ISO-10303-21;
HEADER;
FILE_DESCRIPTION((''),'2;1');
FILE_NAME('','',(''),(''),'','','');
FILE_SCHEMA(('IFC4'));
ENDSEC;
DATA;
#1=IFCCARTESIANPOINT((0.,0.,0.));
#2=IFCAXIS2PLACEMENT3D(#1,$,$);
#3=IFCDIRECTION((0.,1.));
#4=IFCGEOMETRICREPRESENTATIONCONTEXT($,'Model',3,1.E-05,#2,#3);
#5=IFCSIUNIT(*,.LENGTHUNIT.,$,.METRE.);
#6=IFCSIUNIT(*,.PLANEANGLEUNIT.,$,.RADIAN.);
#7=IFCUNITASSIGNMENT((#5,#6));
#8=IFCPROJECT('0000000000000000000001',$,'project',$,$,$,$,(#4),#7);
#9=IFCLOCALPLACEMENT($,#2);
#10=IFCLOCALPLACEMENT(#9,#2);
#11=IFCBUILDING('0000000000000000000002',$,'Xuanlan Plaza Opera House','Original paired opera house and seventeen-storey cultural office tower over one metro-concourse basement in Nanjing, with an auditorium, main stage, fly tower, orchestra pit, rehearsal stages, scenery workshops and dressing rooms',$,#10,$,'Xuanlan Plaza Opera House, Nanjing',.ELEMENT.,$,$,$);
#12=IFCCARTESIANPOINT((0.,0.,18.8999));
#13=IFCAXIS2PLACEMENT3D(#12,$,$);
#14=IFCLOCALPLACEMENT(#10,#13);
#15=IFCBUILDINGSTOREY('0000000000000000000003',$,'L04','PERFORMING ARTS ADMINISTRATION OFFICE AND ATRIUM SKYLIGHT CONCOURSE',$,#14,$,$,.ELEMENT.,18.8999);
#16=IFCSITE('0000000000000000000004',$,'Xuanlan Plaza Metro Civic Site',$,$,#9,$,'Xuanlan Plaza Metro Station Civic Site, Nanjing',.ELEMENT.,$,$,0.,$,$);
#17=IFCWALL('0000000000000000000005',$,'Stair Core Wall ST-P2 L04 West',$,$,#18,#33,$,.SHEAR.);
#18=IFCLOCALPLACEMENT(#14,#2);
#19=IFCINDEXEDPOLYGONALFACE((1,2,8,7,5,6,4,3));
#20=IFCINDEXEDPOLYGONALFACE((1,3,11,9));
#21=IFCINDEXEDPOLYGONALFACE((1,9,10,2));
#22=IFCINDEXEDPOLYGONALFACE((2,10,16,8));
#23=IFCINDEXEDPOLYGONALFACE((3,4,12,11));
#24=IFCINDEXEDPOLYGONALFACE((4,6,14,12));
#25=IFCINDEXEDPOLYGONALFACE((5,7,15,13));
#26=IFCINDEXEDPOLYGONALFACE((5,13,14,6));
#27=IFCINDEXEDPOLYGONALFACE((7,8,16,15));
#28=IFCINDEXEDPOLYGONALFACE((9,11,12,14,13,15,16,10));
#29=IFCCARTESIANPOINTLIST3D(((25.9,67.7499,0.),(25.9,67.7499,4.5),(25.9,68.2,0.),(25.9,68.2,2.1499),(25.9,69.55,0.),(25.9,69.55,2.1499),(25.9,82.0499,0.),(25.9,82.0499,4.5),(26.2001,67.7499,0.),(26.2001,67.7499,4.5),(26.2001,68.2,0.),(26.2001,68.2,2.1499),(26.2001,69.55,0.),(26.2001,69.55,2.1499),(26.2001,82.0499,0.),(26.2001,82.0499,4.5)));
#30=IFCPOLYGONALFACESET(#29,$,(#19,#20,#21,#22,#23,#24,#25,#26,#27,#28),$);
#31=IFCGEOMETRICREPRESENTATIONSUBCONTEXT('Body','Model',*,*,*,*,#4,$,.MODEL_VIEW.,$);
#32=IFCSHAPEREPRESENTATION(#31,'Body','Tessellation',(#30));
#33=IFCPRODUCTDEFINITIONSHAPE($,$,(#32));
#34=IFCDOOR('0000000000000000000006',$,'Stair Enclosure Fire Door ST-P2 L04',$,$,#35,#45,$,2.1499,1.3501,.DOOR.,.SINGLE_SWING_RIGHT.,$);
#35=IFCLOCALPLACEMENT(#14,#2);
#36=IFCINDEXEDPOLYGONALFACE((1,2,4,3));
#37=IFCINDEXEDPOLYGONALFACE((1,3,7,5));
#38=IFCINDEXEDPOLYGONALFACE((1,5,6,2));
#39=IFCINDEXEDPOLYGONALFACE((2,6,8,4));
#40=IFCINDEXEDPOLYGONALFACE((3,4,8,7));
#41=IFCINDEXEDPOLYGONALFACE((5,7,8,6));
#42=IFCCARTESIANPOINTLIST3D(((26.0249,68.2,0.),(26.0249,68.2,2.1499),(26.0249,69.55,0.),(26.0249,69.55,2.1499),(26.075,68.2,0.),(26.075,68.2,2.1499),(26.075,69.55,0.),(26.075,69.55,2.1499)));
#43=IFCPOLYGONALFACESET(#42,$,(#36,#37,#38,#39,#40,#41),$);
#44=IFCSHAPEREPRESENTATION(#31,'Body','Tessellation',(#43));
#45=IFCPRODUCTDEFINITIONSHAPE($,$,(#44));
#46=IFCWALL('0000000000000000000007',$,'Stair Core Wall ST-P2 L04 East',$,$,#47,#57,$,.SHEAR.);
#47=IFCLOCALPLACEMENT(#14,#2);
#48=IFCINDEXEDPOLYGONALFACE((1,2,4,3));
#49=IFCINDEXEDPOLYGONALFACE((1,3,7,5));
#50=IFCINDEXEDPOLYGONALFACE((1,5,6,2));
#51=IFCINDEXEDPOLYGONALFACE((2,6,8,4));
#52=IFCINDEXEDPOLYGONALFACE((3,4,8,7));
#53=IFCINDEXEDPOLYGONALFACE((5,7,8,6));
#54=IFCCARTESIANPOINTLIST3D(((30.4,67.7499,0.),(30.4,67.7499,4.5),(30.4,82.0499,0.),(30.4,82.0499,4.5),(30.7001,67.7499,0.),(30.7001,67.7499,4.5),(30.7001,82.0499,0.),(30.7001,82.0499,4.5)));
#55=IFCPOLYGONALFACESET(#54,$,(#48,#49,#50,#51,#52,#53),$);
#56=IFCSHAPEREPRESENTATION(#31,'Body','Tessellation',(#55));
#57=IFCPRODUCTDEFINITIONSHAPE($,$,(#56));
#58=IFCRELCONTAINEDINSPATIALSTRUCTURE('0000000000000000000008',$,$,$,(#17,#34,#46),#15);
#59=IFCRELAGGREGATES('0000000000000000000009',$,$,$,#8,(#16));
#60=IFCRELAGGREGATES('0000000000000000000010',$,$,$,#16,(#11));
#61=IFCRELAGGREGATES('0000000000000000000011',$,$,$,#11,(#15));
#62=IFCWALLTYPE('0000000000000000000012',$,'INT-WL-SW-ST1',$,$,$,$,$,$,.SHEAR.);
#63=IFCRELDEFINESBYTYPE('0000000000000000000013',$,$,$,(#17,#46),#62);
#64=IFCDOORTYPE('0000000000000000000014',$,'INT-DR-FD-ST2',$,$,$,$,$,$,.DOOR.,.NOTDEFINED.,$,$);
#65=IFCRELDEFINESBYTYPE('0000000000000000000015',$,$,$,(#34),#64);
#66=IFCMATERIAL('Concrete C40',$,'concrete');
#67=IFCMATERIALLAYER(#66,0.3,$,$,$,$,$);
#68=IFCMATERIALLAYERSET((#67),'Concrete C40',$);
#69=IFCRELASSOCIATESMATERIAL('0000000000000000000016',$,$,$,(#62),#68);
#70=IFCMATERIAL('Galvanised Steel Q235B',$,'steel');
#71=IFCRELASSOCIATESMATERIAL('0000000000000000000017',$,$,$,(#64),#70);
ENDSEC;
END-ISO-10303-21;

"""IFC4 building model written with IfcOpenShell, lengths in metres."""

from ifc_helpers import new_model, si_unit, direction, frame, frame_2d, origin, place, context, subcontext, project, spatial, rectangle, extrude, material, layer, layer_set, type_object, element, fill, save


model = new_model("IFC4")

# Units and contexts
model_context = context("Model", 3, precision=1e-05, world=origin(), true_north=direction((0.0, 1.0)))
body_context = subcontext(model_context, "Body", "Model", "MODEL_VIEW")
ifc_project = project(units=[si_unit("LENGTHUNIT", "METRE"), si_unit("PLANEANGLEUNIT", "RADIAN")], contexts=[model_context])

# Site, building, storey
site_placement = place(None, origin())
site = spatial("IfcSite", under=ifc_project, at=site_placement, Name="Xuanlan Plaza Metro Civic Site", LongName="Xuanlan Plaza Metro Station Civic Site, Nanjing", CompositionType="ELEMENT", RefElevation=0.0)
building_placement = place(site_placement, origin())
building = spatial("IfcBuilding", under=site, at=building_placement, Name="Xuanlan Plaza Opera House", Description="Original paired opera house and seventeen-storey cultural office tower over one metro-concourse basement in Nanjing, with an auditorium, main stage, fly tower, orchestra pit, rehearsal stages, scenery workshops and dressing rooms", LongName="Xuanlan Plaza Opera House, Nanjing", CompositionType="ELEMENT")
storey_placement = place(building_placement, frame((0.0, 0.0, 18.8999)))
storey = spatial("IfcBuildingStorey", under=building, at=storey_placement, Name="L04", Description="PERFORMING ARTS ADMINISTRATION OFFICE AND ATRIUM SKYLIGHT CONCOURSE", CompositionType="ELEMENT", Elevation=18.8999)

# Shared definitions
ifc_material_1 = material(Name="Concrete C40", Category="concrete")

# Shared definitions
ifc_layer_1 = layer(ifc_material_1, 0.3)
ifc_layer_set_1 = layer_set([ifc_layer_1], Name="Concrete C40")
wall_type_1 = type_object("IfcWallType", Name="INT-WL-SW-ST1", PredefinedType="SHEAR", material=ifc_layer_set_1)

# Wall, opening, door
wall_1_placement = place(storey_placement, frame((26.05, 67.75, 0.0), z_axis=(0.0, 0.0, 1.0), x_axis=(0.0, 1.0, 0.0)))
wall_1 = element("IfcWall", 1, at=wall_1_placement, inside=storey, type_object=wall_type_1, Name="Stair Core Wall ST-P2 L04 West", PredefinedType="SHEAR", context=body_context, shape_type="SweptSolid", body=[
    extrude(rectangle(XDim=14.3, YDim=0.3, at=frame_2d((7.1499, 0.0))), origin(), (0.0, 0.0, 1.0), 4.5),
])
opening_1_placement = place(wall_1_placement, frame((0.45, 0.0, 0.0)))
opening_1 = element("IfcOpeningElement", 2, at=opening_1_placement, cuts=wall_1, PredefinedType="OPENING", context=body_context, shape_type="SweptSolid", body=[
    extrude(rectangle(XDim=1.3501, YDim=2.1499, at=frame_2d((0.675, 1.075))), frame((0.0, 0.1599, 0.0), z_axis=(0.0, -1.0, 0.0), x_axis=(1.0, 0.0, 0.0)), (0.0, 0.0, 1.0), 0.3201),
])
ifc_material_2 = material(Name="Galvanised Steel Q235B", Category="steel")
door_type_1 = type_object("IfcDoorType", Name="INT-DR-FD-ST2", OperationType="NOTDEFINED", PredefinedType="DOOR", material=ifc_material_2)
door_1_placement = place(opening_1_placement, frame((1.3501, 0.0, 0.0), z_axis=(0.0, 0.0, 1.0), x_axis=(-1.0, 0.0, 0.0)))
door_1 = element("IfcDoor", 3, at=door_1_placement, inside=storey, type_object=door_type_1, Name="Stair Enclosure Fire Door ST-P2 L04", OperationType="SINGLE_SWING_RIGHT", OverallHeight=2.1499, OverallWidth=1.3501, PredefinedType="DOOR", context=body_context, shape_type="SweptSolid", body=[
    extrude(rectangle(XDim=1.3501, YDim=2.1499, at=frame_2d((0.675, 1.075))), frame((0.0, 0.0249, 0.0), z_axis=(0.0, -1.0, 0.0), x_axis=(1.0, 0.0, 0.0)), (0.0, 0.0, 1.0), 0.05),
])
fill(opening_1, door_1)

# Wall
wall_2_placement = place(storey_placement, frame((30.55, 67.75, 0.0), z_axis=(0.0, 0.0, 1.0), x_axis=(0.0, 1.0, 0.0)))
element("IfcWall", 4, at=wall_2_placement, inside=storey, type_object=wall_type_1, Name="Stair Core Wall ST-P2 L04 East", PredefinedType="SHEAR", context=body_context, shape_type="SweptSolid", body=[
    extrude(rectangle(XDim=14.3, YDim=0.3, at=frame_2d((7.1499, 0.0))), origin(), (0.0, 0.0, 1.0), 4.5),
])

save(model, "model.ifc")
